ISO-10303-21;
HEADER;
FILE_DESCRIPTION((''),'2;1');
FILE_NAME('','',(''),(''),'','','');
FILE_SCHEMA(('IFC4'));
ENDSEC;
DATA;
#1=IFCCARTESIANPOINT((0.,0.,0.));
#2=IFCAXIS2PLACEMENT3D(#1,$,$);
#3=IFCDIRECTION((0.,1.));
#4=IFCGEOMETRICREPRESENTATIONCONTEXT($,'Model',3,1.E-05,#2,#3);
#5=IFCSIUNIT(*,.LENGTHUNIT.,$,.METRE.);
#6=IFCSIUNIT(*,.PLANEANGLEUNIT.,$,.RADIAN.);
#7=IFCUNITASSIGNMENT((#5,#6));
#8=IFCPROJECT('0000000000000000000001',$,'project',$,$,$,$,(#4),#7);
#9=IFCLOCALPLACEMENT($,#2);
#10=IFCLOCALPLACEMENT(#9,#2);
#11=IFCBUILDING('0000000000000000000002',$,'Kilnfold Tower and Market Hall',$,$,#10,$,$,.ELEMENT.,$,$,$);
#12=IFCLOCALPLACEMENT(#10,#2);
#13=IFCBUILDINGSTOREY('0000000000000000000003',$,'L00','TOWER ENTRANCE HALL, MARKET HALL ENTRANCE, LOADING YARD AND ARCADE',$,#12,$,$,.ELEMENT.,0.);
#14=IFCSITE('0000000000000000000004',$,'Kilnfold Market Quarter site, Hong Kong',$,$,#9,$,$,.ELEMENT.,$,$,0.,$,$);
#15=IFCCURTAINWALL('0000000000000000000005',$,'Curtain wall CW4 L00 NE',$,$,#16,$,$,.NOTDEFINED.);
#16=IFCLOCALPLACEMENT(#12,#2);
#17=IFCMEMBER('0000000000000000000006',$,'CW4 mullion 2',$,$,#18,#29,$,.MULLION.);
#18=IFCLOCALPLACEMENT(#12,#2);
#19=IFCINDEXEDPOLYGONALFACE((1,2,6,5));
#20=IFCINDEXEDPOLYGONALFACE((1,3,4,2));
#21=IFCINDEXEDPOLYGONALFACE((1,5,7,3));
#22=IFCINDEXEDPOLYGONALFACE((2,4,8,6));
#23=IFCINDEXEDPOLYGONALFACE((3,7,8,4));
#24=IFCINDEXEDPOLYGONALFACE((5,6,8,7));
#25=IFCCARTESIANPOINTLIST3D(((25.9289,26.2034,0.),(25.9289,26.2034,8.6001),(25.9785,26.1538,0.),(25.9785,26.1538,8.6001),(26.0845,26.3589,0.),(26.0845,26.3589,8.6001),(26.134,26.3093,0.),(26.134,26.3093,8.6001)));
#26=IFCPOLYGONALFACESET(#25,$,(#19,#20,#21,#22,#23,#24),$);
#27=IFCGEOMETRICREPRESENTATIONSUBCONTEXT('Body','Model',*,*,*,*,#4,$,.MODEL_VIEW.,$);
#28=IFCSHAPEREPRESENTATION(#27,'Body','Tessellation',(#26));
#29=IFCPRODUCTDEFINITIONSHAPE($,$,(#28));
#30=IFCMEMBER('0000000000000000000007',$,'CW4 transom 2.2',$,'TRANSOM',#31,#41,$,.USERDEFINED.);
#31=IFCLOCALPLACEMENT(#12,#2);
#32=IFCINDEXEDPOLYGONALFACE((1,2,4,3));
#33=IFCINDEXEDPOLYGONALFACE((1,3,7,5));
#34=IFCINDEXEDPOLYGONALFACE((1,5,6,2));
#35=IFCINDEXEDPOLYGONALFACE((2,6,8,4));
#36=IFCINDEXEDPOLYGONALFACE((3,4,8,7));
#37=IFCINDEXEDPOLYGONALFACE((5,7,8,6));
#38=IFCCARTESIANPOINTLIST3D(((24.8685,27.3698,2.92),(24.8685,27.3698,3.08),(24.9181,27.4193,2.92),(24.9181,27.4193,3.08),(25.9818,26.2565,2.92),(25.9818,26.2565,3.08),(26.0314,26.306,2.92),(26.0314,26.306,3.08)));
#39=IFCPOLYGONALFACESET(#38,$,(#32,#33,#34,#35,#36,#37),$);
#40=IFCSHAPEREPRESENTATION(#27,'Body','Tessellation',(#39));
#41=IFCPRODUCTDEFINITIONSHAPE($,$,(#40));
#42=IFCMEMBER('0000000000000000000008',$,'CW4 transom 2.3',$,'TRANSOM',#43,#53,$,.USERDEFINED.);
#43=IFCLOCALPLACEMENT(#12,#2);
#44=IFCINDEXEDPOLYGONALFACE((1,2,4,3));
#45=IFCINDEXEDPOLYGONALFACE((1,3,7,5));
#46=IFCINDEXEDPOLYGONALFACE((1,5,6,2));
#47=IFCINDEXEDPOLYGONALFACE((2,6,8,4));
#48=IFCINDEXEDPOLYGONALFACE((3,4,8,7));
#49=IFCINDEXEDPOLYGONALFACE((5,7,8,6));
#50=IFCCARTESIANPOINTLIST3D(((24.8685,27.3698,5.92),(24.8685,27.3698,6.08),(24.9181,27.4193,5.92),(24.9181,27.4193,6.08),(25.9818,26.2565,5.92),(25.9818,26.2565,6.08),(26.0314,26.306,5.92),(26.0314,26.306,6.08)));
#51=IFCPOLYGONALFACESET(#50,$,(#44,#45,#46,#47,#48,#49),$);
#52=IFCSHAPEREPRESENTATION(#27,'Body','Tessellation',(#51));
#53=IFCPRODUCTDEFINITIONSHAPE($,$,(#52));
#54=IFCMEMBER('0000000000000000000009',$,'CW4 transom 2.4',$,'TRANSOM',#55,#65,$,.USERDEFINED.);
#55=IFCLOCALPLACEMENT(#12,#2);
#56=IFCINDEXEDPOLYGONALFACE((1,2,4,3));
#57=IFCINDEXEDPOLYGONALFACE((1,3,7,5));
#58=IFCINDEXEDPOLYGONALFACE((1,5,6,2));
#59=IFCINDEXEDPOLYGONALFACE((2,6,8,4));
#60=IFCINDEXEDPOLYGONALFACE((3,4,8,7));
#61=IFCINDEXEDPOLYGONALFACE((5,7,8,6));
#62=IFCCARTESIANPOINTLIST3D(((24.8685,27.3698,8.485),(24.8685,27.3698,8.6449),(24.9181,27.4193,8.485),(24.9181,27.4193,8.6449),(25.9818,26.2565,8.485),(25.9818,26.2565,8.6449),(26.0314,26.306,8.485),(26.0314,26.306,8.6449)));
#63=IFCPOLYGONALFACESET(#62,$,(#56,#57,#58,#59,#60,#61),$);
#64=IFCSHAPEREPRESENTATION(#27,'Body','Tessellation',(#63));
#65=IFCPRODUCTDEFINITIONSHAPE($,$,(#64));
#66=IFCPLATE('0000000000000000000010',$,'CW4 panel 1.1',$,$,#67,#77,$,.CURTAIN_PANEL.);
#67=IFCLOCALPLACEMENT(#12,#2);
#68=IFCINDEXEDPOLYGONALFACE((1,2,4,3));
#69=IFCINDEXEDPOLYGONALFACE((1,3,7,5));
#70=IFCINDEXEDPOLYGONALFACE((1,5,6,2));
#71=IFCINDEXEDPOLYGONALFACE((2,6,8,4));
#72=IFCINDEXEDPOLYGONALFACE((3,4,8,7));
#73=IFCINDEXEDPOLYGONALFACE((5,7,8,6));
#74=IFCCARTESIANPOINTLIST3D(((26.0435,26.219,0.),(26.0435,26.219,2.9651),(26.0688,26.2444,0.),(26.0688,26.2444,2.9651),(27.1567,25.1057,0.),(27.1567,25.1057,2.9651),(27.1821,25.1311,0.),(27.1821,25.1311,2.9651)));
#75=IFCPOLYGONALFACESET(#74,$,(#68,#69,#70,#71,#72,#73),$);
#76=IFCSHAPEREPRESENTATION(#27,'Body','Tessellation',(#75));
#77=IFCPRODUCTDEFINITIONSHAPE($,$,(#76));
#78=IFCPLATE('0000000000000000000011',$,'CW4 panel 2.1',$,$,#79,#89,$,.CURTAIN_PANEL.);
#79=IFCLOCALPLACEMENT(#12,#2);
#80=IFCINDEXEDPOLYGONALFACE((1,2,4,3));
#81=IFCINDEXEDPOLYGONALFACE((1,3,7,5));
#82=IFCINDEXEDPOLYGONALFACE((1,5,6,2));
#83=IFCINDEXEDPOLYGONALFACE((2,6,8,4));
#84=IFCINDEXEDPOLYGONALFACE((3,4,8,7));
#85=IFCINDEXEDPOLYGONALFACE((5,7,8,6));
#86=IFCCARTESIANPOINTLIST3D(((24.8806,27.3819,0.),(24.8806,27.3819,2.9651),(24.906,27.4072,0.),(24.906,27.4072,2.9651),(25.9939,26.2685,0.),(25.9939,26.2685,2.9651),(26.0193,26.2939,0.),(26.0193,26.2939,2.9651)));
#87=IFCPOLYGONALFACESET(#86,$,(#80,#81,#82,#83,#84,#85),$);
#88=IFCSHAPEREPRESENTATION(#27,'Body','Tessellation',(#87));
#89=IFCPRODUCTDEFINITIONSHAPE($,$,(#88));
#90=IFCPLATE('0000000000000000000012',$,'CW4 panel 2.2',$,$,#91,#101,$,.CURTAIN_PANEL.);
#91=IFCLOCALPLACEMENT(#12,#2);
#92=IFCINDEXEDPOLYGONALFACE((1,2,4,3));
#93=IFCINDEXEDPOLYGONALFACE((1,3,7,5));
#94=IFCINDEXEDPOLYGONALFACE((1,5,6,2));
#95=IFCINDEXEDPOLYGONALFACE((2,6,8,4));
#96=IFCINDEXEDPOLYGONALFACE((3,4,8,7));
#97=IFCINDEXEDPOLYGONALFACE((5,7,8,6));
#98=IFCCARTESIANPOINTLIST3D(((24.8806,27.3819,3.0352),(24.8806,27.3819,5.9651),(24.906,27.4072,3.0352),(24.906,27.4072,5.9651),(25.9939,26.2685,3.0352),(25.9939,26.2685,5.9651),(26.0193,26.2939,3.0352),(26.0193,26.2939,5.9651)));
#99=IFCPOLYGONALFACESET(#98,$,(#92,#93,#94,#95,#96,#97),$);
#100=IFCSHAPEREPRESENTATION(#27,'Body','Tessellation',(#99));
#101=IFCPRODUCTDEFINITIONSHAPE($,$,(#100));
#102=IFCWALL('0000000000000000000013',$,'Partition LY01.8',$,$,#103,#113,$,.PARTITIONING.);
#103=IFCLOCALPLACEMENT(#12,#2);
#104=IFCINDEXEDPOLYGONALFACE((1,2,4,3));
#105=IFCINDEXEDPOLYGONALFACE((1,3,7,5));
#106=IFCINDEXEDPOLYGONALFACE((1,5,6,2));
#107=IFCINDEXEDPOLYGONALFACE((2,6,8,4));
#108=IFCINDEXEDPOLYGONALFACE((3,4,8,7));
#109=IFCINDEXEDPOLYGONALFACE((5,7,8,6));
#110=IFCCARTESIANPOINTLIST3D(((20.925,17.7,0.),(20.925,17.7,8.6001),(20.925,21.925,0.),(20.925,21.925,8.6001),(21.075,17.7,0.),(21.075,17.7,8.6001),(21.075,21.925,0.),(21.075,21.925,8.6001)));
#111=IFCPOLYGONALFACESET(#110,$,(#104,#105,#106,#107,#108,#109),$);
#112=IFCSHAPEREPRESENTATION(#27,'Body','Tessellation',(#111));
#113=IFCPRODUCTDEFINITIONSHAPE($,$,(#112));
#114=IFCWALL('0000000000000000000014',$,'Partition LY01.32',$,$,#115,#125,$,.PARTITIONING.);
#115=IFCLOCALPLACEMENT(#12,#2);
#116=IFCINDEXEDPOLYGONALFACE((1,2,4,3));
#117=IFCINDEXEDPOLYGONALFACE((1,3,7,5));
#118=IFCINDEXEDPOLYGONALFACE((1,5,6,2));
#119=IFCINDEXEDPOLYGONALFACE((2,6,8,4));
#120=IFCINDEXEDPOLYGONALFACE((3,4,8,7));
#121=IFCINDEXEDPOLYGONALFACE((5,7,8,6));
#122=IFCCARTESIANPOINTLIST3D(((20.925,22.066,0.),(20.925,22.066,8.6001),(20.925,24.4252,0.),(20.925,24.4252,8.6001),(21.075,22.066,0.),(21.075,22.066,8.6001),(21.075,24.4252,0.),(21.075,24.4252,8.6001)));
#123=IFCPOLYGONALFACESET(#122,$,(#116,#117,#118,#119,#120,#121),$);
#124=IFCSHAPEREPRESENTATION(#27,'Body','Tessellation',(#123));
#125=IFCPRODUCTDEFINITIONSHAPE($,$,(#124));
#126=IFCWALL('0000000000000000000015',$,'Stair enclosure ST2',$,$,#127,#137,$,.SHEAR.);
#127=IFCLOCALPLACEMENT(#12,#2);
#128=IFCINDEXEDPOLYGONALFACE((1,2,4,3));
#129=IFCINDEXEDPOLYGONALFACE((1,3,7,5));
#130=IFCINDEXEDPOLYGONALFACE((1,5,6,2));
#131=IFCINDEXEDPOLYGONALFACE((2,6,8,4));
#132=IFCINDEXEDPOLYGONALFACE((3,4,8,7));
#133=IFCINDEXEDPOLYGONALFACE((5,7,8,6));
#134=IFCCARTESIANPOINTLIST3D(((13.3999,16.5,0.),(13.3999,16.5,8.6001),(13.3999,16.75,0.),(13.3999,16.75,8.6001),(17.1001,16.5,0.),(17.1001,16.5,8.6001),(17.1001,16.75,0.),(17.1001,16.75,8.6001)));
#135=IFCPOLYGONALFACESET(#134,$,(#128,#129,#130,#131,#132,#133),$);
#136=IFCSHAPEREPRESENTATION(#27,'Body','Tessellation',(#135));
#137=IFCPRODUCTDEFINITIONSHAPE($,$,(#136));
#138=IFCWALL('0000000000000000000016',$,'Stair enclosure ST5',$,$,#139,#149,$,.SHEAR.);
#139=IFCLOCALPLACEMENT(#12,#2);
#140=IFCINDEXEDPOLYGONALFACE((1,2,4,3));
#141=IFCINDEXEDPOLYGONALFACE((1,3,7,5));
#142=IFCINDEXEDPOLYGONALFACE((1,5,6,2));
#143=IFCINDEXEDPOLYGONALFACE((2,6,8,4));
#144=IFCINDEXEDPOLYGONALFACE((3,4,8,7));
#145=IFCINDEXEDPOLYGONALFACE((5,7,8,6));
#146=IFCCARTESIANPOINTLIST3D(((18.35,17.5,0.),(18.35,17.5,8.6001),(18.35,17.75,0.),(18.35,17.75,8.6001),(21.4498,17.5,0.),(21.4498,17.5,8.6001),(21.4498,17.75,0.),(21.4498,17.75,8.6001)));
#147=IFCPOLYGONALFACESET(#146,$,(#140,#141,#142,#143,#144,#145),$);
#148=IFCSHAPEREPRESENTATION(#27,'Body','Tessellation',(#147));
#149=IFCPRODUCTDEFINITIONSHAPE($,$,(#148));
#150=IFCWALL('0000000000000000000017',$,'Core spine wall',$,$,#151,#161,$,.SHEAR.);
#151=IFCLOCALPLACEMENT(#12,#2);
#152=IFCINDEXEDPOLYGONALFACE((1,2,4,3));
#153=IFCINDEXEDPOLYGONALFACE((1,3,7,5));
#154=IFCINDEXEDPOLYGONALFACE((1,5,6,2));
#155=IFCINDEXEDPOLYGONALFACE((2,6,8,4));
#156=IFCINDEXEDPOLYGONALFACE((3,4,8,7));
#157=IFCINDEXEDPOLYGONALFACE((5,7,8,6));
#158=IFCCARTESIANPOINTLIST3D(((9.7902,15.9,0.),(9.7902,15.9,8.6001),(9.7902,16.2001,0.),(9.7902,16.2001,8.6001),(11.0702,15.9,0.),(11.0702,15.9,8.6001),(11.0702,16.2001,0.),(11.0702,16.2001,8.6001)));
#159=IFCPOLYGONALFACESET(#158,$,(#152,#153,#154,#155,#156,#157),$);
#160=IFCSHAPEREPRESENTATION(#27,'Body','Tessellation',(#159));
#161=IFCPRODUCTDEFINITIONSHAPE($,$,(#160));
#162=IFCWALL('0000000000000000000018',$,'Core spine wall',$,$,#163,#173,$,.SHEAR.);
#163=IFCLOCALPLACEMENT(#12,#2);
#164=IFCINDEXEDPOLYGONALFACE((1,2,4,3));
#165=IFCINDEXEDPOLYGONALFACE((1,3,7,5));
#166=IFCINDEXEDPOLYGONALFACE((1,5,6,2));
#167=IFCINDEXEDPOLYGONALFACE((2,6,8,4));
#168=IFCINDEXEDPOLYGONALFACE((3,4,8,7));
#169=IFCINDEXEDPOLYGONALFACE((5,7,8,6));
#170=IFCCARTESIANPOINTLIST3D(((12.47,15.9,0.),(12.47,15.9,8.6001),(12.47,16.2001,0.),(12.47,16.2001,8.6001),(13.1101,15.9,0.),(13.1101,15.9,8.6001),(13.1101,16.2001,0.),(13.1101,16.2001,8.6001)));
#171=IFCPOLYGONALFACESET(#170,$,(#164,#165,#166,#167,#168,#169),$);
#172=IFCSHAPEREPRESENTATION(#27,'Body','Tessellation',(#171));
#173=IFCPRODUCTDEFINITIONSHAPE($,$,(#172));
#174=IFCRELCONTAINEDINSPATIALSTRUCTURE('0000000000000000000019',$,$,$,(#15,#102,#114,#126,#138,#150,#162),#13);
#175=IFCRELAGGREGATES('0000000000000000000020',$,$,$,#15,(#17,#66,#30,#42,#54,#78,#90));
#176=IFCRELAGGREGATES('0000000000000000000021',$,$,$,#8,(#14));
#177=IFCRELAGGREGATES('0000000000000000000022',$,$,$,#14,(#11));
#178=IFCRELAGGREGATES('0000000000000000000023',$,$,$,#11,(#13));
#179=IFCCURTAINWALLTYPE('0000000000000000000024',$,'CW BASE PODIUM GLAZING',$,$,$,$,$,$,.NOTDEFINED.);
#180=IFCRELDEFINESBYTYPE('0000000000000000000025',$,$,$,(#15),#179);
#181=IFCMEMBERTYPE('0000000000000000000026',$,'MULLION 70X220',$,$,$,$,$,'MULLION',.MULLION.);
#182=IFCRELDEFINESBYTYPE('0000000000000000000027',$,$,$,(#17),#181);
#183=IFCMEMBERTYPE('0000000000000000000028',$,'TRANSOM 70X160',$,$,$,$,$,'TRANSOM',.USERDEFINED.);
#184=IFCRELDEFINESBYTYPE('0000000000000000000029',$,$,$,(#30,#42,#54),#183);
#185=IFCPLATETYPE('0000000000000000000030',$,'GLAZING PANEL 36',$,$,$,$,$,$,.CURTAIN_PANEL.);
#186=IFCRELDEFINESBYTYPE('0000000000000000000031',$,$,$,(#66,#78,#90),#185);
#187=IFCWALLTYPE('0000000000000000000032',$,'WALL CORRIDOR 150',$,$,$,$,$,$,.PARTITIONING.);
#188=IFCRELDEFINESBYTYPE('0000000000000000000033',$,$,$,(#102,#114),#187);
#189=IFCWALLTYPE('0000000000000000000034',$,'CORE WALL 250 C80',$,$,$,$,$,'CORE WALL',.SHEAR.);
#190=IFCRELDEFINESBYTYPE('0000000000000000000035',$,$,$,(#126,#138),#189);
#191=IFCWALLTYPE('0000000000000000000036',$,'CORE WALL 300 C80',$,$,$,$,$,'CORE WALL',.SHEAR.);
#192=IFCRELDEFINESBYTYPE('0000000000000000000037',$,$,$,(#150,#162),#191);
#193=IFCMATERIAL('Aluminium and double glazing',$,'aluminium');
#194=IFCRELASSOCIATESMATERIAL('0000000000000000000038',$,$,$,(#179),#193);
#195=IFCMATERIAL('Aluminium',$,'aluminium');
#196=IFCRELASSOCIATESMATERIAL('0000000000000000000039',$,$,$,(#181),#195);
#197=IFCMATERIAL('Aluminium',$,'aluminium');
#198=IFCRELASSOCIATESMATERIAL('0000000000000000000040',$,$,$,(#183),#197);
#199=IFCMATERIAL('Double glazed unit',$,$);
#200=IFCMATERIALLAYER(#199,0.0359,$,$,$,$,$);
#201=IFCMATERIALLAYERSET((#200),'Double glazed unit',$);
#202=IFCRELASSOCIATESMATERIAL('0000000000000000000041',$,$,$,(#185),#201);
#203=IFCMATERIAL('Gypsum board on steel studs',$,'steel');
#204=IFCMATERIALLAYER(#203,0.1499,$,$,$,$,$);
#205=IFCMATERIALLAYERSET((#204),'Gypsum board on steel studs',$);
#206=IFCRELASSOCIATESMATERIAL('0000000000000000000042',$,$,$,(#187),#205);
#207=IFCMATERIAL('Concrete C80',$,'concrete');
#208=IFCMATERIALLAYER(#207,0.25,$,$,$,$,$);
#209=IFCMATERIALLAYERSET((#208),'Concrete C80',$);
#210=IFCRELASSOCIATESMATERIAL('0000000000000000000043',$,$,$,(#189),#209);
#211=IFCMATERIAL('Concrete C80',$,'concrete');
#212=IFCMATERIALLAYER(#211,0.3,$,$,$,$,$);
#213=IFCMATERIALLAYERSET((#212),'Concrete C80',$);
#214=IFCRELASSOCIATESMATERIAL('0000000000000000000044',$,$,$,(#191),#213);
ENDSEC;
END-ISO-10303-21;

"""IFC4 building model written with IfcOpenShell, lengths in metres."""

from ifc_helpers import new_model, si_unit, direction, frame, frame_2d, origin, origin_2d, place, context, subcontext, project, spatial, rectangle, extrude, source, transform, mapped, material, layer, layer_set, material_profile, profile_set, type_object, element, aggregate, save


model = new_model("IFC4")

# Units and contexts
model_context = context("Model", 3, precision=1e-05, world=origin(), true_north=direction((0.0, 1.0)))
body_context = subcontext(model_context, "Body", "Model", "MODEL_VIEW")
ifc_project = project(units=[si_unit("LENGTHUNIT", "METRE"), si_unit("PLANEANGLEUNIT", "RADIAN")], contexts=[model_context])

# Site, building, storey
site_placement = place(None, origin())
site = spatial("IfcSite", under=ifc_project, at=site_placement, Name="Kilnfold Market Quarter site, Hong Kong", CompositionType="ELEMENT", RefElevation=0.0)
building_placement = place(site_placement, origin())
building = spatial("IfcBuilding", under=site, at=building_placement, Name="Kilnfold Tower and Market Hall", CompositionType="ELEMENT")
storey_placement = place(building_placement, origin())
storey = spatial("IfcBuildingStorey", under=building, at=storey_placement, Name="L00", Description="TOWER ENTRANCE HALL, MARKET HALL ENTRANCE, LOADING YARD AND ARCADE", CompositionType="ELEMENT", Elevation=0.0)

# Curtain wall, members, plates
ifc_material_1 = material(Name="Aluminium and double glazing", Category="aluminium")
curtain_wall_type = type_object("IfcCurtainWallType", Name="CW BASE PODIUM GLAZING", PredefinedType="NOTDEFINED", material=ifc_material_1)
curtain_wall_placement = place(storey_placement, origin())
curtain_wall = element("IfcCurtainWall", 1, at=curtain_wall_placement, inside=storey, type_object=curtain_wall_type, Name="Curtain wall CW4 L00 NE", PredefinedType="NOTDEFINED")
ifc_material_2 = material(Name="Aluminium", Category="aluminium")
ifc_material_profile_1 = material_profile(ifc_material_2, rectangle(XDim=0.0701, YDim=0.22, at=origin_2d()), Name="MULLION 70x220")
ifc_profile_set_1 = profile_set([ifc_material_profile_1], Name="Aluminium")
member_type_1 = type_object("IfcMemberType", Name="MULLION 70X220", ElementType="MULLION", PredefinedType="MULLION", material=ifc_profile_set_1)
shared_shape_1 = source(origin(), body_context, "Body", "SweptSolid", [
    extrude(rectangle(XDim=0.0701, YDim=0.22, at=origin_2d()), origin(), (0.0, 0.0, 1.0), 8.6001),
])
member_1_placement = place(storey_placement, frame((26.0315, 26.2563, 0.0), z_axis=(0.0, 0.0, 1.0), x_axis=(-0.707092, 0.707122, 0.0)))
member_1 = element("IfcMember", 2, at=member_1_placement, type_object=member_type_1, Name="CW4 mullion 2", PredefinedType="MULLION", context=body_context, shape_type="MappedRepresentation", body=[
    mapped(shared_shape_1, transform((0.0, 0.0, 0.0))),
])
ifc_material_3 = material(Name="Aluminium", Category="aluminium")
ifc_material_profile_2 = material_profile(ifc_material_3, rectangle(XDim=0.0701, YDim=0.1599, at=origin_2d()), Name="TRANSOM 70x160")
ifc_profile_set_2 = profile_set([ifc_material_profile_2], Name="Aluminium")
member_type_2 = type_object("IfcMemberType", Name="TRANSOM 70X160", ElementType="TRANSOM", PredefinedType="USERDEFINED", material=ifc_profile_set_2)
shared_shape_2 = source(origin(), body_context, "Body", "SweptSolid", [
    extrude(rectangle(XDim=0.0701, YDim=0.1599, at=origin_2d()), origin(), (0.0, 0.0, 1.0), 1.5745),
])
member_2_placement = place(storey_placement, frame((26.0066, 26.2812, 3.0), z_axis=(-0.707107, 0.707107, 0.0), x_axis=(-0.707107, -0.707107, 0.0)))
member_2 = element("IfcMember", 3, at=member_2_placement, type_object=member_type_2, Name="CW4 transom 2.2", ObjectType="TRANSOM", PredefinedType="USERDEFINED", context=body_context, shape_type="MappedRepresentation", body=[
    mapped(shared_shape_2, transform((0.0, 0.0, 0.0))),
])
member_3_placement = place(storey_placement, frame((26.0066, 26.2812, 6.0), z_axis=(-0.707107, 0.707107, 0.0), x_axis=(-0.707107, -0.707107, 0.0)))
member_3 = element("IfcMember", 4, at=member_3_placement, type_object=member_type_2, Name="CW4 transom 2.3", ObjectType="TRANSOM", PredefinedType="USERDEFINED", context=body_context, shape_type="MappedRepresentation", body=[
    mapped(shared_shape_2, transform((0.0, 0.0, 0.0))),
])
member_4_placement = place(storey_placement, frame((26.0066, 26.2812, 8.5649), z_axis=(-0.707107, 0.707107, 0.0), x_axis=(-0.707107, -0.707107, 0.0)))
member_4 = element("IfcMember", 5, at=member_4_placement, type_object=member_type_2, Name="CW4 transom 2.4", ObjectType="TRANSOM", PredefinedType="USERDEFINED", context=body_context, shape_type="MappedRepresentation", body=[
    mapped(shared_shape_2, transform((0.0, 0.0, 0.0))),
])
ifc_material_4 = material(Name="Double glazed unit")
ifc_layer_1 = layer(ifc_material_4, 0.0359)
ifc_layer_set_1 = layer_set([ifc_layer_1], Name="Double glazed unit")
plate_type = type_object("IfcPlateType", Name="GLAZING PANEL 36", PredefinedType="CURTAIN_PANEL", material=ifc_layer_set_1)
shared_shape_3 = source(origin(), body_context, "Body", "SweptSolid", [
    extrude(rectangle(XDim=1.5745, YDim=0.0359, at=origin_2d()), origin(), (0.0, 0.0, 1.0), 2.9651),
])
plate_1_placement = place(storey_placement, frame((26.6128, 25.675, 0.0), z_axis=(0.0, 0.0, 1.0), x_axis=(-0.707092, 0.707122, 0.0)))
plate_1 = element("IfcPlate", 6, at=plate_1_placement, type_object=plate_type, Name="CW4 panel 1.1", PredefinedType="CURTAIN_PANEL", context=body_context, shape_type="MappedRepresentation", body=[
    mapped(shared_shape_3, transform((0.0, 0.0, 0.0))),
])
plate_2_placement = place(storey_placement, frame((25.45, 26.8379, 0.0), z_axis=(0.0, 0.0, 1.0), x_axis=(-0.707092, 0.707122, 0.0)))
plate_2 = element("IfcPlate", 7, at=plate_2_placement, type_object=plate_type, Name="CW4 panel 2.1", PredefinedType="CURTAIN_PANEL", context=body_context, shape_type="MappedRepresentation", body=[
    mapped(shared_shape_3, transform((0.0, 0.0, 0.0))),
])
shared_shape_4 = source(origin(), body_context, "Body", "SweptSolid", [
    extrude(rectangle(XDim=1.5745, YDim=0.0359, at=origin_2d()), origin(), (0.0, 0.0, 1.0), 2.9299),
])
plate_3_placement = place(storey_placement, frame((25.45, 26.8379, 3.0352), z_axis=(0.0, 0.0, 1.0), x_axis=(-0.707092, 0.707122, 0.0)))
plate_3 = element("IfcPlate", 8, at=plate_3_placement, type_object=plate_type, Name="CW4 panel 2.2", PredefinedType="CURTAIN_PANEL", context=body_context, shape_type="MappedRepresentation", body=[
    mapped(shared_shape_4, transform((0.0, 0.0, 0.0))),
])
aggregate(curtain_wall, [member_1, plate_1, member_2, member_3, member_4, plate_2, plate_3])

# Walls
ifc_material_5 = material(Name="Gypsum board on steel studs", Category="steel")
ifc_layer_2 = layer(ifc_material_5, 0.1499)
ifc_layer_set_2 = layer_set([ifc_layer_2], Name="Gypsum board on steel studs")
wall_type_1 = type_object("IfcWallType", Name="WALL CORRIDOR 150", PredefinedType="PARTITIONING", material=ifc_layer_set_2)
wall_1_placement = place(storey_placement, frame((21.0, 17.7, 0.0), z_axis=(0.0, 0.0, 1.0), x_axis=(0.0, 1.0, 0.0)))
element("IfcWall", 9, at=wall_1_placement, inside=storey, type_object=wall_type_1, Name="Partition LY01.8", PredefinedType="PARTITIONING", context=body_context, shape_type="SweptSolid", body=[
    extrude(rectangle(XDim=4.2251, YDim=0.1499, at=frame_2d((2.1125, 0.0))), origin(), (0.0, 0.0, 1.0), 8.6001),
])
wall_2_placement = place(storey_placement, frame((21.0, 22.0659, 0.0), z_axis=(0.0, 0.0, 1.0), x_axis=(0.0, 1.0, 0.0)))
element("IfcWall", 10, at=wall_2_placement, inside=storey, type_object=wall_type_1, Name="Partition LY01.32", PredefinedType="PARTITIONING", context=body_context, shape_type="SweptSolid", body=[
    extrude(rectangle(XDim=2.3591, YDim=0.1499, at=frame_2d((1.1797, 0.0))), origin(), (0.0, 0.0, 1.0), 8.6001),
])
ifc_material_6 = material(Name="Concrete C80", Category="concrete")
ifc_layer_3 = layer(ifc_material_6, 0.25)
ifc_layer_set_3 = layer_set([ifc_layer_3], Name="Concrete C80")
wall_type_2 = type_object("IfcWallType", Name="CORE WALL 250 C80", ElementType="CORE WALL", PredefinedType="SHEAR", material=ifc_layer_set_3)
shared_shape_5 = source(origin(), body_context, "Body", "SweptSolid", [
    extrude(rectangle(XDim=3.7002, YDim=0.25, at=frame_2d((1.8501, 0.0))), origin(), (0.0, 0.0, 1.0), 8.6001),
])
wall_3_placement = place(storey_placement, frame((13.3999, 16.625, 0.0), z_axis=(0.0, 0.0, 1.0), x_axis=(1.0, 0.0, 0.0)))
element("IfcWall", 11, at=wall_3_placement, inside=storey, type_object=wall_type_2, Name="Stair enclosure ST2", PredefinedType="SHEAR", context=body_context, shape_type="MappedRepresentation", body=[
    mapped(shared_shape_5, transform((0.0, 0.0, 0.0))),
])
shared_shape_6 = source(origin(), body_context, "Body", "SweptSolid", [
    extrude(rectangle(XDim=3.0999, YDim=0.25, at=frame_2d((1.5498, 0.0))), origin(), (0.0, 0.0, 1.0), 8.6001),
])
wall_4_placement = place(storey_placement, frame((18.3501, 17.625, 0.0), z_axis=(0.0, 0.0, 1.0), x_axis=(1.0, 0.0, 0.0)))
element("IfcWall", 12, at=wall_4_placement, inside=storey, type_object=wall_type_2, Name="Stair enclosure ST5", PredefinedType="SHEAR", context=body_context, shape_type="MappedRepresentation", body=[
    mapped(shared_shape_6, transform((0.0, 0.0, 0.0))),
])
ifc_material_7 = material(Name="Concrete C80", Category="concrete")
ifc_layer_4 = layer(ifc_material_7, 0.3)
ifc_layer_set_4 = layer_set([ifc_layer_4], Name="Concrete C80")
wall_type_3 = type_object("IfcWallType", Name="CORE WALL 300 C80", ElementType="CORE WALL", PredefinedType="SHEAR", material=ifc_layer_set_4)
shared_shape_7 = source(origin(), body_context, "Body", "SweptSolid", [
    extrude(rectangle(XDim=1.28, YDim=0.3, at=frame_2d((0.6401, 0.0))), origin(), (0.0, 0.0, 1.0), 8.6001),
])
wall_5_placement = place(storey_placement, frame((9.79, 16.05, 0.0), z_axis=(0.0, 0.0, 1.0), x_axis=(1.0, 0.0, 0.0)))
element("IfcWall", 13, at=wall_5_placement, inside=storey, type_object=wall_type_3, Name="Core spine wall", PredefinedType="SHEAR", context=body_context, shape_type="MappedRepresentation", body=[
    mapped(shared_shape_7, transform((0.0, 0.0, 0.0))),
])
shared_shape_8 = source(origin(), body_context, "Body", "SweptSolid", [
    extrude(rectangle(XDim=0.6401, YDim=0.3, at=frame_2d((0.3201, 0.0))), origin(), (0.0, 0.0, 1.0), 8.6001),
])
wall_6_placement = place(storey_placement, frame((12.47, 16.05, 0.0), z_axis=(0.0, 0.0, 1.0), x_axis=(1.0, 0.0, 0.0)))
element("IfcWall", 14, at=wall_6_placement, inside=storey, type_object=wall_type_3, Name="Core spine wall", PredefinedType="SHEAR", context=body_context, shape_type="MappedRepresentation", body=[
    mapped(shared_shape_8, transform((0.0, 0.0, 0.0))),
])

save(model, "model.ifc")
